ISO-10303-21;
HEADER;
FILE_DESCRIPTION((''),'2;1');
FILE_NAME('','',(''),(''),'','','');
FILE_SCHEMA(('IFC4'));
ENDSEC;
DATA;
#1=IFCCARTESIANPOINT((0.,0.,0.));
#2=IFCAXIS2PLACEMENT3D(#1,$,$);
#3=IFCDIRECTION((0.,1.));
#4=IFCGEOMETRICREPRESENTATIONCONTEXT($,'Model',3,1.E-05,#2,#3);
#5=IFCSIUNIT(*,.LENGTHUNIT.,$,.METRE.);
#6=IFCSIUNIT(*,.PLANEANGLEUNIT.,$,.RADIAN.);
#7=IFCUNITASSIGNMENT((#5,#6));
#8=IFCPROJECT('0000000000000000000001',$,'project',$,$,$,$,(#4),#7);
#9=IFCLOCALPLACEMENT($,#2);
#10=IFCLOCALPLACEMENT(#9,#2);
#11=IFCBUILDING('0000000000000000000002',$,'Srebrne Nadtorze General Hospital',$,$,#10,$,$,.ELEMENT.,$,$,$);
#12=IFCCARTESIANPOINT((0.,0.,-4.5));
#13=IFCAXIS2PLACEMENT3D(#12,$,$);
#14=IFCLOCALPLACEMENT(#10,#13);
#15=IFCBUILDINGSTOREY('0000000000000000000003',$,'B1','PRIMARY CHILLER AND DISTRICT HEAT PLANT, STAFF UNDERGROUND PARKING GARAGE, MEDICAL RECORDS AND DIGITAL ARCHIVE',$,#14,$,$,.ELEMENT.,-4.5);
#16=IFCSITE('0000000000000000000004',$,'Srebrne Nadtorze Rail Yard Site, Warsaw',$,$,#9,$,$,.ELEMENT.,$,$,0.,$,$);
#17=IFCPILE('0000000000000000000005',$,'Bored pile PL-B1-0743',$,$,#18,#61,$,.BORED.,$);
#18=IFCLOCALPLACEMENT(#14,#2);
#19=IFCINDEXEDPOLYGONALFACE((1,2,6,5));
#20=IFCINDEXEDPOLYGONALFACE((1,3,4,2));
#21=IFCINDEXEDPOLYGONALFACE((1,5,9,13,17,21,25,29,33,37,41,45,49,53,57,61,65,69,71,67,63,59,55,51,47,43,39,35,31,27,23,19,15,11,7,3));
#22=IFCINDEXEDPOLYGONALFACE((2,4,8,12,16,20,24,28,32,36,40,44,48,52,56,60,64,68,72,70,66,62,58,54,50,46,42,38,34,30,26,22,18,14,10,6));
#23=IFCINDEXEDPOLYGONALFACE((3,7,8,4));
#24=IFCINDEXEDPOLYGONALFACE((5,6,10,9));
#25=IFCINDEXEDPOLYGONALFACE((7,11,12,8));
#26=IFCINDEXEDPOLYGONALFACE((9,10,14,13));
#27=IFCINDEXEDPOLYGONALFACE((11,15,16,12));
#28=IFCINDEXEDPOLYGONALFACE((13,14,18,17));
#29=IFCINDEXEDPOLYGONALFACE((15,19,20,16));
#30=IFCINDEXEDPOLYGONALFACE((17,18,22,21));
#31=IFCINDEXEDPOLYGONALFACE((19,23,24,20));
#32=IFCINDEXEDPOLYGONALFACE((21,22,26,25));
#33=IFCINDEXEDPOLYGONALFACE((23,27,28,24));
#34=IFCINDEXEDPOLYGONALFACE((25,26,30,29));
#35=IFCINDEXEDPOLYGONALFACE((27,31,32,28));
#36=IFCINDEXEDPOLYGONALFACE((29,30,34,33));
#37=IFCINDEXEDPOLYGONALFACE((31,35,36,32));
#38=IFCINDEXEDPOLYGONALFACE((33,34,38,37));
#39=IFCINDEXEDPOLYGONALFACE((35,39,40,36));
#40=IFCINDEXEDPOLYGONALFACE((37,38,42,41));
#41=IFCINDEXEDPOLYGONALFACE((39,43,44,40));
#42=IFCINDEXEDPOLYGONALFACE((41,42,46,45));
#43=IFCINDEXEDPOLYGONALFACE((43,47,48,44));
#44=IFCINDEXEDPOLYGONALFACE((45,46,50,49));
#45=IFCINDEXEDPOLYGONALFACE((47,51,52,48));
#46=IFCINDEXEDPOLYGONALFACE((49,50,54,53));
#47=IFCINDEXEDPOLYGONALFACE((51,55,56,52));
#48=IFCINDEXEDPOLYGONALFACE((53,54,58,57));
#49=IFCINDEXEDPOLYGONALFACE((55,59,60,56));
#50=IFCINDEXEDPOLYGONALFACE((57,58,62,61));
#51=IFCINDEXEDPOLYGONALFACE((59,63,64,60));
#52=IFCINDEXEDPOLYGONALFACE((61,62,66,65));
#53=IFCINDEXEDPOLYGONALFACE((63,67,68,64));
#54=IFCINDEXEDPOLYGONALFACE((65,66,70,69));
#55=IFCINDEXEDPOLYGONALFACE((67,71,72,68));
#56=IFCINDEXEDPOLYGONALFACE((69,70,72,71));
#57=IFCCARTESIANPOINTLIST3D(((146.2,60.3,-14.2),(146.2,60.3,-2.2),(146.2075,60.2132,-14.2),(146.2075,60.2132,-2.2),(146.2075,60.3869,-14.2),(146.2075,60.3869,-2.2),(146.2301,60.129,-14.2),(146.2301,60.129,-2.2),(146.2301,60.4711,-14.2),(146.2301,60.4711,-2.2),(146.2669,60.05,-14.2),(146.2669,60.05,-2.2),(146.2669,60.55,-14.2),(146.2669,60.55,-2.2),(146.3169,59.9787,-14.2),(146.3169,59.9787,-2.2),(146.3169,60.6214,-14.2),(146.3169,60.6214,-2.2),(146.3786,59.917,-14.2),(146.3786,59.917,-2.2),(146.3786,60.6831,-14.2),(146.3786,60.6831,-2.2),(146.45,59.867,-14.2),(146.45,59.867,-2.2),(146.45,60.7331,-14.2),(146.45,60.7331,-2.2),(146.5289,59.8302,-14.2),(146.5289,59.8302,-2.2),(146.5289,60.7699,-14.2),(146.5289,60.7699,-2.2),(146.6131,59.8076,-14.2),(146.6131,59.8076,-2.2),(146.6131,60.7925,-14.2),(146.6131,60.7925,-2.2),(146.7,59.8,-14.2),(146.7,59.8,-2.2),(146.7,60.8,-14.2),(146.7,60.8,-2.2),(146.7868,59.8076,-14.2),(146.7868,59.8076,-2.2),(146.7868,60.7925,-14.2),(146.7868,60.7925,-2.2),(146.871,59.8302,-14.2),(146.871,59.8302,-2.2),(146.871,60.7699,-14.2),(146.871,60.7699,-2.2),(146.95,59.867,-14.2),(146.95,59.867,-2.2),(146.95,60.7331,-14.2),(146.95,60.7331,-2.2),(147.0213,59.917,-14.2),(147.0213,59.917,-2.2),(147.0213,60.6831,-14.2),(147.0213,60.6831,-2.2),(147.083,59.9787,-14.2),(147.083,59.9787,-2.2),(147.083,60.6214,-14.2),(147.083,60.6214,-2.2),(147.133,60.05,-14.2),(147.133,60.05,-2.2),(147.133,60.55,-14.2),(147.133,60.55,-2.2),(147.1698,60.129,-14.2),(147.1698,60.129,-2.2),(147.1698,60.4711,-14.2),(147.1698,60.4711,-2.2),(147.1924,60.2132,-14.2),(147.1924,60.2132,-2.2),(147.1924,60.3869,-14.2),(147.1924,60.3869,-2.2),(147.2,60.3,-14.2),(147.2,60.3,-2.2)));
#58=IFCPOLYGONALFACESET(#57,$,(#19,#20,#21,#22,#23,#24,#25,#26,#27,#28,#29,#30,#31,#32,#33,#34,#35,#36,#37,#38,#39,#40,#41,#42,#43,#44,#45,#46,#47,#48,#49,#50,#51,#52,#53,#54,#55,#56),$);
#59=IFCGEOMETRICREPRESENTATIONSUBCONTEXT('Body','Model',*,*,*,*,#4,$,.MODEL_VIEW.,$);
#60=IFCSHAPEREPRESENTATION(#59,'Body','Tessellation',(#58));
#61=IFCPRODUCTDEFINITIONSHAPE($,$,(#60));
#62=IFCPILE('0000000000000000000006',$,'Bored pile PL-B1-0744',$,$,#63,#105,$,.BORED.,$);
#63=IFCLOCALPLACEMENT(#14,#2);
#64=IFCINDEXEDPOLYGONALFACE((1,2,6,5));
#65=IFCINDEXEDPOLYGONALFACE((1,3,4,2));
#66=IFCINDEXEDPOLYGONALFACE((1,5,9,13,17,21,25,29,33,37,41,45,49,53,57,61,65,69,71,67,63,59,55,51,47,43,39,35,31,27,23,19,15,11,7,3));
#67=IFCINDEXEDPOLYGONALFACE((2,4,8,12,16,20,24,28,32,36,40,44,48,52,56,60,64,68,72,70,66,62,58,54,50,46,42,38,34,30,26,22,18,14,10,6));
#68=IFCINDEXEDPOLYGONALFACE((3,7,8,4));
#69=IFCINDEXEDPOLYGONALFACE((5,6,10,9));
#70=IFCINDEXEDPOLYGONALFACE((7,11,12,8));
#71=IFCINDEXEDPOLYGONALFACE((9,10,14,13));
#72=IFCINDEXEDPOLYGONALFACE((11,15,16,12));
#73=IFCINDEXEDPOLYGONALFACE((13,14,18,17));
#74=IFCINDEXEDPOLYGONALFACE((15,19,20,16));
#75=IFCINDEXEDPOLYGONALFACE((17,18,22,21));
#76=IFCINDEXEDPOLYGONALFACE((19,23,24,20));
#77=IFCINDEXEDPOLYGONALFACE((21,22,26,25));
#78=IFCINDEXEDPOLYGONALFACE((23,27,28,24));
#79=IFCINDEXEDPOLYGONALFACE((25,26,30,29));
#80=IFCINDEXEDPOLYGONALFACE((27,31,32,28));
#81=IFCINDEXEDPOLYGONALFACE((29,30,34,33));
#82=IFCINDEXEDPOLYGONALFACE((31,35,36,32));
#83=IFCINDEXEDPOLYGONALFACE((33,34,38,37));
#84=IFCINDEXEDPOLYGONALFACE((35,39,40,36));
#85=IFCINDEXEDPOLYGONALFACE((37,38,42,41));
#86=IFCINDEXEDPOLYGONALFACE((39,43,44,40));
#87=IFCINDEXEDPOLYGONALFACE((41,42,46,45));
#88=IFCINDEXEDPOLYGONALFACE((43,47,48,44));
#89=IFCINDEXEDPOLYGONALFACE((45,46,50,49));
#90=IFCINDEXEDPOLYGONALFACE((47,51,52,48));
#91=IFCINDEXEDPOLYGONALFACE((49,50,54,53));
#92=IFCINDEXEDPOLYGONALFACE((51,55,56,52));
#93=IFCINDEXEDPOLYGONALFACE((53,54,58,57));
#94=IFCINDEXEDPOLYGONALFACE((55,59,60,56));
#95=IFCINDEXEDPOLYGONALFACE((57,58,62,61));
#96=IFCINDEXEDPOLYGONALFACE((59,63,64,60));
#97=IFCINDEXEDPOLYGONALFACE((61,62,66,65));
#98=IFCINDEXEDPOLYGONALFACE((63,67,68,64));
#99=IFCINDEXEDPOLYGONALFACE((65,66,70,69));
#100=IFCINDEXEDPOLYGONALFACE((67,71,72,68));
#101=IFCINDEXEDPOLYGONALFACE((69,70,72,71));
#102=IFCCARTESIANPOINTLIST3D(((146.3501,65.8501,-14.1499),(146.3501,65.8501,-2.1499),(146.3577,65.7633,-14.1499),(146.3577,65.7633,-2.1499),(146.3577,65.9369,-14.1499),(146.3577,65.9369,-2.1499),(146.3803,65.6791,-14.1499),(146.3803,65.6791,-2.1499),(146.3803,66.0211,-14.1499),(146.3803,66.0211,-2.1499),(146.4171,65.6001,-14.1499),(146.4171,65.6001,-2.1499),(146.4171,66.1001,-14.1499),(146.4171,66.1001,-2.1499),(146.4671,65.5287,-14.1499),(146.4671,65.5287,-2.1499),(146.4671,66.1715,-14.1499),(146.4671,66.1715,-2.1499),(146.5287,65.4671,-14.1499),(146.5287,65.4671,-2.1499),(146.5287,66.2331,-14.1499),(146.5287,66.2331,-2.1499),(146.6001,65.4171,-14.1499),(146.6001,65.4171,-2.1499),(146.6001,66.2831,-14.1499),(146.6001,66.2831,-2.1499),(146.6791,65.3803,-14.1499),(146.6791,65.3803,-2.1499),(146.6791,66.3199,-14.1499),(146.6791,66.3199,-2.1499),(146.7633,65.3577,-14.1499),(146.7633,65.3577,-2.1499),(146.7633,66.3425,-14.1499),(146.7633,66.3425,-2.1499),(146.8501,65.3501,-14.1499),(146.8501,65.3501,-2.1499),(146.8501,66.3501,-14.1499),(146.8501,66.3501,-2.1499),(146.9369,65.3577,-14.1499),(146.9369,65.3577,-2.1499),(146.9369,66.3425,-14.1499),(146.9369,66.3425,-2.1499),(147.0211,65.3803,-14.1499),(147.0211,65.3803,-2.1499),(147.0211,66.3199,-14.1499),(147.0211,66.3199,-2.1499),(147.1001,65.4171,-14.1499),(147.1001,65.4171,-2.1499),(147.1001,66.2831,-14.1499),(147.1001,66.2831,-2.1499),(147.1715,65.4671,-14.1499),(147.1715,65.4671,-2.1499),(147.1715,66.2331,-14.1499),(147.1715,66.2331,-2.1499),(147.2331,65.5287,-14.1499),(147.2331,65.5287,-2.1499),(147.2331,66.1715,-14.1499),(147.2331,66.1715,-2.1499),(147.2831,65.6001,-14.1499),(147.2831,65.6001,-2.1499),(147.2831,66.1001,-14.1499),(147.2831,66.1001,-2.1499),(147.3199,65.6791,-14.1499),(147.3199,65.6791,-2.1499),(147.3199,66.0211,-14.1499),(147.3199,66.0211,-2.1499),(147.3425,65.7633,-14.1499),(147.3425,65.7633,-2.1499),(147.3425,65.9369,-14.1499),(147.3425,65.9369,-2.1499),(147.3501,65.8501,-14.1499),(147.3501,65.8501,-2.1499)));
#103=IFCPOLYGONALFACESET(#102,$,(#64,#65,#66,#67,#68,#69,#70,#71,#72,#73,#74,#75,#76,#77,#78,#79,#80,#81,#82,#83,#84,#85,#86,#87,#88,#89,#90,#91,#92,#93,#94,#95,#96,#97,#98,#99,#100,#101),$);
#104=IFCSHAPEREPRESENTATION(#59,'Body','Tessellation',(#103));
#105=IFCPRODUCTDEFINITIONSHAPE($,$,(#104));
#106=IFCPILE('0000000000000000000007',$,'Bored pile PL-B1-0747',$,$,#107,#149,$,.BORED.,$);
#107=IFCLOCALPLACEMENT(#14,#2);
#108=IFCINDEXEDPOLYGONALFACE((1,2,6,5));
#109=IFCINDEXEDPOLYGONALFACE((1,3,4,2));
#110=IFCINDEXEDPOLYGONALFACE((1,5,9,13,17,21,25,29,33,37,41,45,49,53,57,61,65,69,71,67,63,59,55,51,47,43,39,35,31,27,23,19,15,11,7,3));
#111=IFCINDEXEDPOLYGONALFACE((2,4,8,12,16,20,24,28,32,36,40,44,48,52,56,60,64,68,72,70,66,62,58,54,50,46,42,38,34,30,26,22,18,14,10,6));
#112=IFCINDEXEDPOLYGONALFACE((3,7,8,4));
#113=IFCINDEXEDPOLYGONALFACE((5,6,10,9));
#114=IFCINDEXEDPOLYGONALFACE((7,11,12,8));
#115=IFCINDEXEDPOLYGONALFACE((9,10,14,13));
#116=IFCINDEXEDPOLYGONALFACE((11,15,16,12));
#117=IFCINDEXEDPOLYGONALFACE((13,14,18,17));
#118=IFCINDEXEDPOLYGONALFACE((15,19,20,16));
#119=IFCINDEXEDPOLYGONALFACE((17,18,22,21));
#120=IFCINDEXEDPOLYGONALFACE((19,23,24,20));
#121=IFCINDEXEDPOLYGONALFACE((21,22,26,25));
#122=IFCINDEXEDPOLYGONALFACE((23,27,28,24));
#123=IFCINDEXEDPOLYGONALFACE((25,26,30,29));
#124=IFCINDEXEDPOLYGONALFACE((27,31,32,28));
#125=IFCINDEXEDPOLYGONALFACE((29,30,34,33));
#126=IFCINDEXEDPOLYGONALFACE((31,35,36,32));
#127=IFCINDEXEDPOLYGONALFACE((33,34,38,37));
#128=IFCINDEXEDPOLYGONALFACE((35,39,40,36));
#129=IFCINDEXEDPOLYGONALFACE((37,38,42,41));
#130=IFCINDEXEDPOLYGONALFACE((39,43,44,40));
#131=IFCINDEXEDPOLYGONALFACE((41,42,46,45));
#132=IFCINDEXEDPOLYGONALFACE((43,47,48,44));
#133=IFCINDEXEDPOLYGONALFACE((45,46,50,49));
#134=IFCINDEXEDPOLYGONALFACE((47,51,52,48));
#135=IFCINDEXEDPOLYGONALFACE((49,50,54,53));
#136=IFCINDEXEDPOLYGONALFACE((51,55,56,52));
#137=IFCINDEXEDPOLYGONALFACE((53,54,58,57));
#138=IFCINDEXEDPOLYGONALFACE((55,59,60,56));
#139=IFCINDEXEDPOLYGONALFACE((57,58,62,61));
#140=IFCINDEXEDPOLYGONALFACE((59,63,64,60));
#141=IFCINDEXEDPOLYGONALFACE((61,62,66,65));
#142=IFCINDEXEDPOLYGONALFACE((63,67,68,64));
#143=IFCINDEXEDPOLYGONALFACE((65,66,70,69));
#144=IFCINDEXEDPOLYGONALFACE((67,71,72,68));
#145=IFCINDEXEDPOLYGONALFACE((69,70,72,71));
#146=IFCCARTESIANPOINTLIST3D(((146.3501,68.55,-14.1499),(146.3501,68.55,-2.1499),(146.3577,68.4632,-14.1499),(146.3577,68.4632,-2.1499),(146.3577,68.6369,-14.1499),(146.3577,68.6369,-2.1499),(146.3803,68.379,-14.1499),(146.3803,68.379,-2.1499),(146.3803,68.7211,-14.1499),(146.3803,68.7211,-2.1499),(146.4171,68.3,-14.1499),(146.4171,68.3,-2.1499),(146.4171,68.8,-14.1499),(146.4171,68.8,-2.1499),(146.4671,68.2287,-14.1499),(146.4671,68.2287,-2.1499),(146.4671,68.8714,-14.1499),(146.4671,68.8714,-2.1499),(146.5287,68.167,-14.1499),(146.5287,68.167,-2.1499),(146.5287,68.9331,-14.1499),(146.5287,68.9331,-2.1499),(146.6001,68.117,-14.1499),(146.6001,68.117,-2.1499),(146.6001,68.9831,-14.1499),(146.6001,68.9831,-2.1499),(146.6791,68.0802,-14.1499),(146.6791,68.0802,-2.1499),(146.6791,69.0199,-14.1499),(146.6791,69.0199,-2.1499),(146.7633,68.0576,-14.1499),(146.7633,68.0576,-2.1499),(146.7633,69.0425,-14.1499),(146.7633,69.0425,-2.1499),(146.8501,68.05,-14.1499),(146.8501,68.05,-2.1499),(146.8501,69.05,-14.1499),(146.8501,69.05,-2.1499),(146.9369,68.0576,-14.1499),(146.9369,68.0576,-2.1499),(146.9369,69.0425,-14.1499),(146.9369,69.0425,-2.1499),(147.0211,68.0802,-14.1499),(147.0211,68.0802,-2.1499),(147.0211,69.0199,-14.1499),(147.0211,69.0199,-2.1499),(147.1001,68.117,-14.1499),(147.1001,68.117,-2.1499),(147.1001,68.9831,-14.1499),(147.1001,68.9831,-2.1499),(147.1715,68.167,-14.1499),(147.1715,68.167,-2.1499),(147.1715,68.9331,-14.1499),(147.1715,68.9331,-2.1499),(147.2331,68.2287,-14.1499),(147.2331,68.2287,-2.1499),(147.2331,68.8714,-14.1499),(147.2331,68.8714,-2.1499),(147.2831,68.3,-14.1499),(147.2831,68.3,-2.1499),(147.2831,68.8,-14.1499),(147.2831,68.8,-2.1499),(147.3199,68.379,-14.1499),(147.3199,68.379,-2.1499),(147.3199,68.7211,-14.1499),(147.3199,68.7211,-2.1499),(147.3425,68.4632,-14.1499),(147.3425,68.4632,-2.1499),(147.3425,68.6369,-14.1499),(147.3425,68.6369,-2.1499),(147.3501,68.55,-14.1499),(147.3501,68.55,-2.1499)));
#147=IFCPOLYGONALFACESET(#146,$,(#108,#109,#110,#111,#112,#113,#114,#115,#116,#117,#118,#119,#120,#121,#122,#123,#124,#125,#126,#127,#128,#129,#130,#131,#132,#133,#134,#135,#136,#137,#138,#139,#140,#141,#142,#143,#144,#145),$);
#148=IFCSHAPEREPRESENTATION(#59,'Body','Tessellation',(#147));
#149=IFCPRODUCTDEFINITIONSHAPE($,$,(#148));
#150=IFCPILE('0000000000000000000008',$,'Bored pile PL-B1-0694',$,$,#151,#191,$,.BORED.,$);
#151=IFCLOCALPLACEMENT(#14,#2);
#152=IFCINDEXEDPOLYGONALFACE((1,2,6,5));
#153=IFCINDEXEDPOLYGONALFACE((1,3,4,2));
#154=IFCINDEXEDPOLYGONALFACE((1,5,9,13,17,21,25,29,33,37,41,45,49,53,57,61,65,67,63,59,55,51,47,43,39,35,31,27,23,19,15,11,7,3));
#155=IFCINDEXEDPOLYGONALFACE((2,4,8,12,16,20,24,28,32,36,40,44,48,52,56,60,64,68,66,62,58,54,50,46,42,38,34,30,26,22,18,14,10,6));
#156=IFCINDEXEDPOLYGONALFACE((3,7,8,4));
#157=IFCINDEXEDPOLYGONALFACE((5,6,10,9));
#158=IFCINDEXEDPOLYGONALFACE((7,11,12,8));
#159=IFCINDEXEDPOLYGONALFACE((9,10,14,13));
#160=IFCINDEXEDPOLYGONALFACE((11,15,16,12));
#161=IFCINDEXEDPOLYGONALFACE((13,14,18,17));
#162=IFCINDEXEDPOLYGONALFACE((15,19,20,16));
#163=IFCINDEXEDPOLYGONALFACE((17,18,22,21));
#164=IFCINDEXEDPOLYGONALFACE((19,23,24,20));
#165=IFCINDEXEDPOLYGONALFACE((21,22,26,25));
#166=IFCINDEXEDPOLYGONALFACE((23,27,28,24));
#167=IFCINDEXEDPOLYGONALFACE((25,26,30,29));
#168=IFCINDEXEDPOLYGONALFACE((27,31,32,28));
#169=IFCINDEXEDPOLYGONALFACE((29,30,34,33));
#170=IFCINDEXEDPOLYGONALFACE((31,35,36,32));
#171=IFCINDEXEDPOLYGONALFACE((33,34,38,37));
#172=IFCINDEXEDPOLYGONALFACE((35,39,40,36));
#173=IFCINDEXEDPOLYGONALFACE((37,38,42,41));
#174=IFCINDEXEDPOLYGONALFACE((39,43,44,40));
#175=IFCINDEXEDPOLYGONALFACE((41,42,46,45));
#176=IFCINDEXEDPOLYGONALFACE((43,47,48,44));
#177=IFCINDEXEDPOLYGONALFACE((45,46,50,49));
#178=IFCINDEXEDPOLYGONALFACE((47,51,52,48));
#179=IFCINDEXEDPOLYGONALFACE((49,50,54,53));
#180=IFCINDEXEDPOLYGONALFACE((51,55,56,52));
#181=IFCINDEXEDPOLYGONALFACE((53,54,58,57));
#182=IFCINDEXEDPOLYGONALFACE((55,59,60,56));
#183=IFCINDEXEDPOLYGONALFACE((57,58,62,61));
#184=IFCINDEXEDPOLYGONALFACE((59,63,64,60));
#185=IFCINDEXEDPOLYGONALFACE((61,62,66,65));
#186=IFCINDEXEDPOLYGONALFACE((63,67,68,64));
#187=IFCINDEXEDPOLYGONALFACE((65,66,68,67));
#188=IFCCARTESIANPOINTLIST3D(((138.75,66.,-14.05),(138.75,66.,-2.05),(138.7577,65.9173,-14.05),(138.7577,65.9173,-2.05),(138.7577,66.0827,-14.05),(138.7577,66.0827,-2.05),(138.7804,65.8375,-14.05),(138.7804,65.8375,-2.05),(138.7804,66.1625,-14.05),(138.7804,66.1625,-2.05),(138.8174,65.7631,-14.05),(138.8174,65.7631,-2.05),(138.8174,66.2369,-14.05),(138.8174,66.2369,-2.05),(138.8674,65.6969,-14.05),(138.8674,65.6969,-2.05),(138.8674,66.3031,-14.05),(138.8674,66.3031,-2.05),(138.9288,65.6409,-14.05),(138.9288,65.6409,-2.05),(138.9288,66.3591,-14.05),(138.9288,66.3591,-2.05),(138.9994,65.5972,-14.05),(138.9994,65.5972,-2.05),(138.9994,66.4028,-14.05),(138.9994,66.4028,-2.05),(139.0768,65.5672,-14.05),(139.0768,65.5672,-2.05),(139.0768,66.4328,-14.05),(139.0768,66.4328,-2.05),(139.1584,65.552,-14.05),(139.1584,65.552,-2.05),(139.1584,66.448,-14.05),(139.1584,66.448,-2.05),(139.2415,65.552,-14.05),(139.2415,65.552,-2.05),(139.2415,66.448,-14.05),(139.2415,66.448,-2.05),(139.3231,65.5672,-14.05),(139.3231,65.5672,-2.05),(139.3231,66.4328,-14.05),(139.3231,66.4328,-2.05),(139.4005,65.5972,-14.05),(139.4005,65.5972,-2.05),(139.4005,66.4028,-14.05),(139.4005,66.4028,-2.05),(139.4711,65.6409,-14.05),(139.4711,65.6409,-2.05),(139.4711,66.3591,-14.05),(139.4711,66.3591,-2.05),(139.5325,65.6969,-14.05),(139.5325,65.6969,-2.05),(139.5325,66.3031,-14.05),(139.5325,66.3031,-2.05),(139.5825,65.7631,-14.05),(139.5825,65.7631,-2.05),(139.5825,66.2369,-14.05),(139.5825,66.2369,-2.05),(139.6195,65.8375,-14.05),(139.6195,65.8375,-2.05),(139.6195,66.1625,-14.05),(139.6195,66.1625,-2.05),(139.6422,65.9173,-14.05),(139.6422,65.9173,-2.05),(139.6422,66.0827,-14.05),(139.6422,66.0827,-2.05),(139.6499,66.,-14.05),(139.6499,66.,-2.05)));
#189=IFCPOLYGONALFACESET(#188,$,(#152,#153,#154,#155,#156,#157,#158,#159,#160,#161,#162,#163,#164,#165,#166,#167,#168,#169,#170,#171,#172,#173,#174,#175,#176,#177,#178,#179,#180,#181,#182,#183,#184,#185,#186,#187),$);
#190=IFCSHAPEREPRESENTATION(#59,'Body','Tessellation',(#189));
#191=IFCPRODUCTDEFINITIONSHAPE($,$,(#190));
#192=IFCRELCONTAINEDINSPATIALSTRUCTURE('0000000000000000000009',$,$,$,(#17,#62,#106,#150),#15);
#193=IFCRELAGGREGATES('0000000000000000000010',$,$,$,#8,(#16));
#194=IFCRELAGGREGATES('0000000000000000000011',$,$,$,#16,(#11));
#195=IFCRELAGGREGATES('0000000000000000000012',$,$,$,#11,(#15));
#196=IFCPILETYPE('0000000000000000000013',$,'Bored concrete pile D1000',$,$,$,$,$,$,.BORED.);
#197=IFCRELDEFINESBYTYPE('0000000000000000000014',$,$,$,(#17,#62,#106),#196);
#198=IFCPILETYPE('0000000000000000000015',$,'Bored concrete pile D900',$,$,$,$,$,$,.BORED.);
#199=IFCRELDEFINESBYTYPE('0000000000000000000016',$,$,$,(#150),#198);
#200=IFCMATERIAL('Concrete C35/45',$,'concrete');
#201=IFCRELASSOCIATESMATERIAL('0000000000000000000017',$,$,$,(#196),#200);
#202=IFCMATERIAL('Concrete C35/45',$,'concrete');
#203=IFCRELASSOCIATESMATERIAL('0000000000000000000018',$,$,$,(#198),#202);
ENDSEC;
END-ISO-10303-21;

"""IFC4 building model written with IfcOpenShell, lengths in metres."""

from ifc_helpers import new_model, si_unit, direction, frame, origin, origin_2d, place, context, subcontext, project, spatial, circle, extrude, material, material_profile, profile_set, type_object, element, save


model = new_model("IFC4")

# Units and contexts
model_context = context("Model", 3, precision=1e-05, world=origin(), true_north=direction((0.0, 1.0)))
body_context = subcontext(model_context, "Body", "Model", "MODEL_VIEW")
ifc_project = project(units=[si_unit("LENGTHUNIT", "METRE"), si_unit("PLANEANGLEUNIT", "RADIAN")], contexts=[model_context])

# Site, building, storey
site_placement = place(None, origin())
site = spatial("IfcSite", under=ifc_project, at=site_placement, Name="Srebrne Nadtorze Rail Yard Site, Warsaw", CompositionType="ELEMENT", RefElevation=0.0)
building_placement = place(site_placement, origin())
building = spatial("IfcBuilding", under=site, at=building_placement, Name="Srebrne Nadtorze General Hospital", CompositionType="ELEMENT")
storey_placement = place(building_placement, frame((0.0, 0.0, -4.5)))
storey = spatial("IfcBuildingStorey", under=building, at=storey_placement, Name="B1", Description="PRIMARY CHILLER AND DISTRICT HEAT PLANT, STAFF UNDERGROUND PARKING GARAGE, MEDICAL RECORDS AND DIGITAL ARCHIVE", CompositionType="ELEMENT", Elevation=-4.5)

# Piles
ifc_material_1 = material(Name="Concrete C35/45", Category="concrete")
ifc_material_profile_1 = material_profile(ifc_material_1, circle(Radius=0.5, at=origin_2d()), Name="PILE-D1000")
ifc_profile_set_1 = profile_set([ifc_material_profile_1], Name="Concrete C35/45")
pile_type_1 = type_object("IfcPileType", Name="Bored concrete pile D1000", PredefinedType="BORED", material=ifc_profile_set_1)
for number, where, z_axis, x_axis, name in (
    (1, (146.7, 60.3, -2.2), (0.0, 0.0, -1.0), (1.0, 0.0, 0.0), "Bored pile PL-B1-0743"),
    (2, (146.8501, 65.8501, -2.1499), (0.0, 0.0, -1.0), (1.0, 0.0, 0.0), "Bored pile PL-B1-0744"),
    (3, (146.8501, 68.55, -2.1499), (0.0, 0.0, -1.0), (1.0, 0.0, 0.0), "Bored pile PL-B1-0747"),
):
    element("IfcPile", number, at=place(storey_placement, frame(where, z_axis=z_axis, x_axis=x_axis)), inside=storey, type_object=pile_type_1, Name=name, PredefinedType="BORED", context=body_context, shape_type="SweptSolid", body=[
        extrude(circle(Radius=0.5, at=origin_2d()), origin(), (0.0, 0.0, 1.0), 12.0),
    ])
ifc_material_2 = material(Name="Concrete C35/45", Category="concrete")
ifc_material_profile_2 = material_profile(ifc_material_2, circle(Radius=0.45, at=origin_2d()), Name="PILE-D900")
ifc_profile_set_2 = profile_set([ifc_material_profile_2], Name="Concrete C35/45")
pile_type_2 = type_object("IfcPileType", Name="Bored concrete pile D900", PredefinedType="BORED", material=ifc_profile_set_2)
for number, where, z_axis, x_axis, name in (
    (4, (139.2, 66.0, -2.05), (0.0, 0.0, -1.0), (1.0, 0.0, 0.0), "Bored pile PL-B1-0694"),
):
    element("IfcPile", number, at=place(storey_placement, frame(where, z_axis=z_axis, x_axis=x_axis)), inside=storey, type_object=pile_type_2, Name=name, PredefinedType="BORED", context=body_context, shape_type="SweptSolid", body=[
        extrude(circle(Radius=0.45, at=origin_2d()), origin(), (0.0, 0.0, 1.0), 12.0),
    ])

save(model, "model.ifc")
